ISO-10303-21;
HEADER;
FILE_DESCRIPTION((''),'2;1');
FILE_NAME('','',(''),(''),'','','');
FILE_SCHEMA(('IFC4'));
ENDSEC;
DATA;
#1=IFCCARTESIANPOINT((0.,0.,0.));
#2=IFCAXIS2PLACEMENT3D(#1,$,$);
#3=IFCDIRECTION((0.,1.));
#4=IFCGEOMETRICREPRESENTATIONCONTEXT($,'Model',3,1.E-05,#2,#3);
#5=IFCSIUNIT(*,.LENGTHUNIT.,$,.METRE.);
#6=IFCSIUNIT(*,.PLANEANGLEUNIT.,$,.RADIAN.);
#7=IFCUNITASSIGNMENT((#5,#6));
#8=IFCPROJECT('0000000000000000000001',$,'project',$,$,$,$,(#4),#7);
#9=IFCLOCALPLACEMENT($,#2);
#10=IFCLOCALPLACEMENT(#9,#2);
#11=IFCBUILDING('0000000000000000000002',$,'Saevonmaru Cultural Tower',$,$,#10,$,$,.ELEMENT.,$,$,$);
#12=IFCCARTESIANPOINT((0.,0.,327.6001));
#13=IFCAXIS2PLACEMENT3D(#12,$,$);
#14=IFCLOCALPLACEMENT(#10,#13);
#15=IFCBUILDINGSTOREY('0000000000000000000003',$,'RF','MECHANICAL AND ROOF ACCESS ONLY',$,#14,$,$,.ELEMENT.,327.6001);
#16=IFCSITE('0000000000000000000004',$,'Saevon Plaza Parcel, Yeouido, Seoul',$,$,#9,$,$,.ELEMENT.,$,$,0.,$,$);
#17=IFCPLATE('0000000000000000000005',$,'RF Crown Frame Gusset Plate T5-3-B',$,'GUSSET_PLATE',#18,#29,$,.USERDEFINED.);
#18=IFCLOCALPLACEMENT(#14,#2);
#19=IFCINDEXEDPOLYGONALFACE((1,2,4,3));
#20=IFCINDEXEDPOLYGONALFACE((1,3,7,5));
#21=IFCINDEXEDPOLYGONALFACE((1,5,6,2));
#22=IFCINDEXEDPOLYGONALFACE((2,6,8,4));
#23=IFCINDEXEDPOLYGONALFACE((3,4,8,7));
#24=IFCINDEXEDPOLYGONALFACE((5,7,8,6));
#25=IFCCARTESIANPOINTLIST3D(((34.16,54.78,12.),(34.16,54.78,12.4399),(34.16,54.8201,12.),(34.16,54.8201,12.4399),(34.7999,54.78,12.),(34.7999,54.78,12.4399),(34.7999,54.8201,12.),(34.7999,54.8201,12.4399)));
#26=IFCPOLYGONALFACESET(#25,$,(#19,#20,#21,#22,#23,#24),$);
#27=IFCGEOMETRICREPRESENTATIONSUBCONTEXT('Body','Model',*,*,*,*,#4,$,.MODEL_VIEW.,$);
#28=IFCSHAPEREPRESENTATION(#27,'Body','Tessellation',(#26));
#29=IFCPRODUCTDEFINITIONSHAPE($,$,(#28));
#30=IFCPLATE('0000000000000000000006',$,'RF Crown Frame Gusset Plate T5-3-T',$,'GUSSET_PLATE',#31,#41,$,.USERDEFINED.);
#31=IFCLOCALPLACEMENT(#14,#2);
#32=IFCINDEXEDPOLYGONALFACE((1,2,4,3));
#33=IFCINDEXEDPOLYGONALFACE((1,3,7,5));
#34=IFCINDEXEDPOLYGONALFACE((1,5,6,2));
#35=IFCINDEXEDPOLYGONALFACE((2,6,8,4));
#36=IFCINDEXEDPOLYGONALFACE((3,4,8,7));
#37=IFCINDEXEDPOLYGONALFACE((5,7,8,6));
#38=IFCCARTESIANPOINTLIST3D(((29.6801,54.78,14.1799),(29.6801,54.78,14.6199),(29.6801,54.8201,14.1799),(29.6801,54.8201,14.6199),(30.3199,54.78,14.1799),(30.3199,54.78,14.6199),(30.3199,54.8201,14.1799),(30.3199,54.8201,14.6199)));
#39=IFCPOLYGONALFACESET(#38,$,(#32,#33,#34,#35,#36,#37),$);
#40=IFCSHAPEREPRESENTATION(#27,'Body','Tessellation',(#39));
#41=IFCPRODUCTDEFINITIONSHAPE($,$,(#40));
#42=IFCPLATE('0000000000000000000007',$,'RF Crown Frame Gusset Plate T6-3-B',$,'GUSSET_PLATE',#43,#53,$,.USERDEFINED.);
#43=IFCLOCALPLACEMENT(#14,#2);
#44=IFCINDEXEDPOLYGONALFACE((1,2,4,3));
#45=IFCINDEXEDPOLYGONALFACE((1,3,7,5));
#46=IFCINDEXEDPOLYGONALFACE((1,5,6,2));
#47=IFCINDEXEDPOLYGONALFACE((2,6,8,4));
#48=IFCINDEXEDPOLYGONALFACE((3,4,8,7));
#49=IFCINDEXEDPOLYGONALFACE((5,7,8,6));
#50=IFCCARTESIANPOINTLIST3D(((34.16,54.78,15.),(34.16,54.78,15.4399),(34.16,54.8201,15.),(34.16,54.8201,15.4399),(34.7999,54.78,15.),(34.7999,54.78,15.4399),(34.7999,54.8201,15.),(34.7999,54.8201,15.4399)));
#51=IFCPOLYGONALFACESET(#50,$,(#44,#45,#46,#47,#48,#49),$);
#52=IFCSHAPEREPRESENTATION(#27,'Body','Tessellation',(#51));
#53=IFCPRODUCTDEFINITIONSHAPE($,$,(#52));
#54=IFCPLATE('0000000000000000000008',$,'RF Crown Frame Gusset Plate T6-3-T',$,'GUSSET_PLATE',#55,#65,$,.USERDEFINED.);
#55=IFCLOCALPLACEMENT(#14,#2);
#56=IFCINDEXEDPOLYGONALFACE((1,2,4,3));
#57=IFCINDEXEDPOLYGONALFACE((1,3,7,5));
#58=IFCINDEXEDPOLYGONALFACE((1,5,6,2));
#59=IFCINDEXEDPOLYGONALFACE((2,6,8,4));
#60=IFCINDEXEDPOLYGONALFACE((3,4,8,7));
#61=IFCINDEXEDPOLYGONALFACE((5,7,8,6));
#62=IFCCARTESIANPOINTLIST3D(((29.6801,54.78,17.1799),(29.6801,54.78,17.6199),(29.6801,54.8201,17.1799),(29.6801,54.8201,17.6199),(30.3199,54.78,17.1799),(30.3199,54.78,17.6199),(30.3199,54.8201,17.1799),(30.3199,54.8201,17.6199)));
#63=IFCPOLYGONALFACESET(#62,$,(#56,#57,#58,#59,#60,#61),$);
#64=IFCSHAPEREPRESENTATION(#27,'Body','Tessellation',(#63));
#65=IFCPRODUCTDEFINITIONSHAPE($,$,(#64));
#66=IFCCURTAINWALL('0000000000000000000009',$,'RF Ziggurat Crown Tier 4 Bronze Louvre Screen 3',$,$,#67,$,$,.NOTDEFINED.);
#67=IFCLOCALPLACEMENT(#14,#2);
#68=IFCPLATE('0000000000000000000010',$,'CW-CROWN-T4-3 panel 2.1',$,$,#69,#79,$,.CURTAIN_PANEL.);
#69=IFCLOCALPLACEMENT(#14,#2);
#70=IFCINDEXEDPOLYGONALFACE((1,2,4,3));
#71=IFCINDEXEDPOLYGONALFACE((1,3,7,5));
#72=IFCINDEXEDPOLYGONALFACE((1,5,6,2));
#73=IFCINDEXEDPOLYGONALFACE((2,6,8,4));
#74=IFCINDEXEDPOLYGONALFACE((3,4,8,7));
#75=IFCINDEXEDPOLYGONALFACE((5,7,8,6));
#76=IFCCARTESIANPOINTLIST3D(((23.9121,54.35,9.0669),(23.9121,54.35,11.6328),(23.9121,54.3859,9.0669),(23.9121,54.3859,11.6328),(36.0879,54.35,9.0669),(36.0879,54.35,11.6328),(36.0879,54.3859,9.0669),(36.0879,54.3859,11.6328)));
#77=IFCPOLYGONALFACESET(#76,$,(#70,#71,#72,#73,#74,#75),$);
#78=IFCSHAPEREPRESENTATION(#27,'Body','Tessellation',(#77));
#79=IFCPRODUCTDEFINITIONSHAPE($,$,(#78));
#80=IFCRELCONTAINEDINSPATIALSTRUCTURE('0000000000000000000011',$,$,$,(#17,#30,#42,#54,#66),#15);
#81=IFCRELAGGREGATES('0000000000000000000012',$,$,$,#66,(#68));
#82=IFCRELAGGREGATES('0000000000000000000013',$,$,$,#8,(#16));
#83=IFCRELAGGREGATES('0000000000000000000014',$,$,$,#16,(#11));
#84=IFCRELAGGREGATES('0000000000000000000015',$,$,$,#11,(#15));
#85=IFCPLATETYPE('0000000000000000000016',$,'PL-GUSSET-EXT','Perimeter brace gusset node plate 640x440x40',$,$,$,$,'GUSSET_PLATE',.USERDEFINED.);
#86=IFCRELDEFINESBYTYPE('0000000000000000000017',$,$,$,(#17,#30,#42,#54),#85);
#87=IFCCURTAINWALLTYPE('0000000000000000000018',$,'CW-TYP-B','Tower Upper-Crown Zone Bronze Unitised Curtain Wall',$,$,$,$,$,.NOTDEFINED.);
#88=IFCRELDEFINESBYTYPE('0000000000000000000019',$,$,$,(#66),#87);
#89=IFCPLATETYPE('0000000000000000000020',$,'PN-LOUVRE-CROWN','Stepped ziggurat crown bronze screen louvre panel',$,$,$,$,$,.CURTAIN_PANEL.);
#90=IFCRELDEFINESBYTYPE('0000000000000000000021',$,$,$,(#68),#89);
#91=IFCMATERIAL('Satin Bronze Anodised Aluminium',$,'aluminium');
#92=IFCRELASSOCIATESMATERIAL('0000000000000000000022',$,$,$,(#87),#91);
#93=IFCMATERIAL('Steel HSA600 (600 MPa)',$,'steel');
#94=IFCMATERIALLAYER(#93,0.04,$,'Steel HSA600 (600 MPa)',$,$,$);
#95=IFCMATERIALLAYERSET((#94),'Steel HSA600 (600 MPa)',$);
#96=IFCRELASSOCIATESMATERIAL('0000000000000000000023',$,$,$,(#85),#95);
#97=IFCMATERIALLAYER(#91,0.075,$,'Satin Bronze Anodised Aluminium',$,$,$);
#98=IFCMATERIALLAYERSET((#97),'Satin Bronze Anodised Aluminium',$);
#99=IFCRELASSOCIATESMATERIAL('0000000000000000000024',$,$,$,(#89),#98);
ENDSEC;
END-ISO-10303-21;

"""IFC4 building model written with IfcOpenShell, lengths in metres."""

from ifc_helpers import new_model, si_unit, direction, frame, origin, origin_2d, place, context, subcontext, project, spatial, rectangle, extrude, material, layer, layer_set, type_object, element, aggregate, save


model = new_model("IFC4")

# Units and contexts
model_context = context("Model", 3, precision=1e-05, world=origin(), true_north=direction((0.0, 1.0)))
body_context = subcontext(model_context, "Body", "Model", "MODEL_VIEW")
ifc_project = project(units=[si_unit("LENGTHUNIT", "METRE"), si_unit("PLANEANGLEUNIT", "RADIAN")], contexts=[model_context])

# Site, building, storey
site_placement = place(None, origin())
site = spatial("IfcSite", under=ifc_project, at=site_placement, Name="Saevon Plaza Parcel, Yeouido, Seoul", CompositionType="ELEMENT", RefElevation=0.0)
building_placement = place(site_placement, origin())
building = spatial("IfcBuilding", under=site, at=building_placement, Name="Saevonmaru Cultural Tower", CompositionType="ELEMENT")
storey_placement = place(building_placement, frame((0.0, 0.0, 327.6001)))
storey = spatial("IfcBuildingStorey", under=building, at=storey_placement, Name="RF", Description="MECHANICAL AND ROOF ACCESS ONLY", CompositionType="ELEMENT", Elevation=327.6001)

# Shared definitions
ifc_material_1 = material(Name="Satin Bronze Anodised Aluminium", Category="aluminium")
curtain_wall_type = type_object("IfcCurtainWallType", Name="CW-TYP-B", Description="Tower Upper-Crown Zone Bronze Unitised Curtain Wall", PredefinedType="NOTDEFINED", material=ifc_material_1)

# Plates
ifc_material_2 = material(Name="Steel HSA600 (600 MPa)", Category="steel")
ifc_layer_1 = layer(ifc_material_2, 0.04, Name="Steel HSA600 (600 MPa)")
ifc_layer_set_1 = layer_set([ifc_layer_1], Name="Steel HSA600 (600 MPa)")
plate_type_1 = type_object("IfcPlateType", Name="PL-GUSSET-EXT", Description="Perimeter brace gusset node plate 640x440x40", ElementType="GUSSET_PLATE", PredefinedType="USERDEFINED", material=ifc_layer_set_1)
for number, where, z_axis, x_axis, name in (
    (1, (34.48, 54.8, 12.0), (0.0, 0.0, 1.0), (-1.0, 0.0, 0.0), "RF Crown Frame Gusset Plate T5-3-B"),
    (2, (30.0, 54.8, 14.1799), (0.0, 0.0, 1.0), (-1.0, 0.0, 0.0), "RF Crown Frame Gusset Plate T5-3-T"),
    (3, (34.48, 54.8, 15.0), (0.0, 0.0, 1.0), (-1.0, 0.0, 0.0), "RF Crown Frame Gusset Plate T6-3-B"),
    (4, (30.0, 54.8, 17.1799), (0.0, 0.0, 1.0), (-1.0, 0.0, 0.0), "RF Crown Frame Gusset Plate T6-3-T"),
):
    element("IfcPlate", number, at=place(storey_placement, frame(where, z_axis=z_axis, x_axis=x_axis)), inside=storey, type_object=plate_type_1, Name=name, ObjectType="GUSSET_PLATE", PredefinedType="USERDEFINED", context=body_context, shape_type="SweptSolid", body=[
        extrude(rectangle(XDim=0.6399, YDim=0.04, at=origin_2d()), origin(), (0.0, 0.0, 1.0), 0.4399),
    ])

# Curtain wall, plate
curtain_wall_1_placement = place(storey_placement, origin())
curtain_wall_1 = element("IfcCurtainWall", 5, at=curtain_wall_1_placement, inside=storey, type_object=curtain_wall_type, Name="RF Ziggurat Crown Tier 4 Bronze Louvre Screen 3", PredefinedType="NOTDEFINED")
ifc_layer_2 = layer(ifc_material_1, 0.075, Name="Satin Bronze Anodised Aluminium")
ifc_layer_set_2 = layer_set([ifc_layer_2], Name="Satin Bronze Anodised Aluminium")
plate_type_2 = type_object("IfcPlateType", Name="PN-LOUVRE-CROWN", Description="Stepped ziggurat crown bronze screen louvre panel", PredefinedType="CURTAIN_PANEL", material=ifc_layer_set_2)
plate_1_placement = place(storey_placement, frame((30.0, 54.3679, 9.0669), z_axis=(0.0, 0.0, 1.0), x_axis=(-1.0, 0.0, 0.0)))
plate_1 = element("IfcPlate", 6, at=plate_1_placement, type_object=plate_type_2, Name="CW-CROWN-T4-3 panel 2.1", PredefinedType="CURTAIN_PANEL", context=body_context, shape_type="SweptSolid", body=[
    extrude(rectangle(XDim=12.1758, YDim=0.0359, at=origin_2d()), origin(), (0.0, 0.0, 1.0), 2.5659),
])
aggregate(curtain_wall_1, [plate_1])

save(model, "model.ifc")
